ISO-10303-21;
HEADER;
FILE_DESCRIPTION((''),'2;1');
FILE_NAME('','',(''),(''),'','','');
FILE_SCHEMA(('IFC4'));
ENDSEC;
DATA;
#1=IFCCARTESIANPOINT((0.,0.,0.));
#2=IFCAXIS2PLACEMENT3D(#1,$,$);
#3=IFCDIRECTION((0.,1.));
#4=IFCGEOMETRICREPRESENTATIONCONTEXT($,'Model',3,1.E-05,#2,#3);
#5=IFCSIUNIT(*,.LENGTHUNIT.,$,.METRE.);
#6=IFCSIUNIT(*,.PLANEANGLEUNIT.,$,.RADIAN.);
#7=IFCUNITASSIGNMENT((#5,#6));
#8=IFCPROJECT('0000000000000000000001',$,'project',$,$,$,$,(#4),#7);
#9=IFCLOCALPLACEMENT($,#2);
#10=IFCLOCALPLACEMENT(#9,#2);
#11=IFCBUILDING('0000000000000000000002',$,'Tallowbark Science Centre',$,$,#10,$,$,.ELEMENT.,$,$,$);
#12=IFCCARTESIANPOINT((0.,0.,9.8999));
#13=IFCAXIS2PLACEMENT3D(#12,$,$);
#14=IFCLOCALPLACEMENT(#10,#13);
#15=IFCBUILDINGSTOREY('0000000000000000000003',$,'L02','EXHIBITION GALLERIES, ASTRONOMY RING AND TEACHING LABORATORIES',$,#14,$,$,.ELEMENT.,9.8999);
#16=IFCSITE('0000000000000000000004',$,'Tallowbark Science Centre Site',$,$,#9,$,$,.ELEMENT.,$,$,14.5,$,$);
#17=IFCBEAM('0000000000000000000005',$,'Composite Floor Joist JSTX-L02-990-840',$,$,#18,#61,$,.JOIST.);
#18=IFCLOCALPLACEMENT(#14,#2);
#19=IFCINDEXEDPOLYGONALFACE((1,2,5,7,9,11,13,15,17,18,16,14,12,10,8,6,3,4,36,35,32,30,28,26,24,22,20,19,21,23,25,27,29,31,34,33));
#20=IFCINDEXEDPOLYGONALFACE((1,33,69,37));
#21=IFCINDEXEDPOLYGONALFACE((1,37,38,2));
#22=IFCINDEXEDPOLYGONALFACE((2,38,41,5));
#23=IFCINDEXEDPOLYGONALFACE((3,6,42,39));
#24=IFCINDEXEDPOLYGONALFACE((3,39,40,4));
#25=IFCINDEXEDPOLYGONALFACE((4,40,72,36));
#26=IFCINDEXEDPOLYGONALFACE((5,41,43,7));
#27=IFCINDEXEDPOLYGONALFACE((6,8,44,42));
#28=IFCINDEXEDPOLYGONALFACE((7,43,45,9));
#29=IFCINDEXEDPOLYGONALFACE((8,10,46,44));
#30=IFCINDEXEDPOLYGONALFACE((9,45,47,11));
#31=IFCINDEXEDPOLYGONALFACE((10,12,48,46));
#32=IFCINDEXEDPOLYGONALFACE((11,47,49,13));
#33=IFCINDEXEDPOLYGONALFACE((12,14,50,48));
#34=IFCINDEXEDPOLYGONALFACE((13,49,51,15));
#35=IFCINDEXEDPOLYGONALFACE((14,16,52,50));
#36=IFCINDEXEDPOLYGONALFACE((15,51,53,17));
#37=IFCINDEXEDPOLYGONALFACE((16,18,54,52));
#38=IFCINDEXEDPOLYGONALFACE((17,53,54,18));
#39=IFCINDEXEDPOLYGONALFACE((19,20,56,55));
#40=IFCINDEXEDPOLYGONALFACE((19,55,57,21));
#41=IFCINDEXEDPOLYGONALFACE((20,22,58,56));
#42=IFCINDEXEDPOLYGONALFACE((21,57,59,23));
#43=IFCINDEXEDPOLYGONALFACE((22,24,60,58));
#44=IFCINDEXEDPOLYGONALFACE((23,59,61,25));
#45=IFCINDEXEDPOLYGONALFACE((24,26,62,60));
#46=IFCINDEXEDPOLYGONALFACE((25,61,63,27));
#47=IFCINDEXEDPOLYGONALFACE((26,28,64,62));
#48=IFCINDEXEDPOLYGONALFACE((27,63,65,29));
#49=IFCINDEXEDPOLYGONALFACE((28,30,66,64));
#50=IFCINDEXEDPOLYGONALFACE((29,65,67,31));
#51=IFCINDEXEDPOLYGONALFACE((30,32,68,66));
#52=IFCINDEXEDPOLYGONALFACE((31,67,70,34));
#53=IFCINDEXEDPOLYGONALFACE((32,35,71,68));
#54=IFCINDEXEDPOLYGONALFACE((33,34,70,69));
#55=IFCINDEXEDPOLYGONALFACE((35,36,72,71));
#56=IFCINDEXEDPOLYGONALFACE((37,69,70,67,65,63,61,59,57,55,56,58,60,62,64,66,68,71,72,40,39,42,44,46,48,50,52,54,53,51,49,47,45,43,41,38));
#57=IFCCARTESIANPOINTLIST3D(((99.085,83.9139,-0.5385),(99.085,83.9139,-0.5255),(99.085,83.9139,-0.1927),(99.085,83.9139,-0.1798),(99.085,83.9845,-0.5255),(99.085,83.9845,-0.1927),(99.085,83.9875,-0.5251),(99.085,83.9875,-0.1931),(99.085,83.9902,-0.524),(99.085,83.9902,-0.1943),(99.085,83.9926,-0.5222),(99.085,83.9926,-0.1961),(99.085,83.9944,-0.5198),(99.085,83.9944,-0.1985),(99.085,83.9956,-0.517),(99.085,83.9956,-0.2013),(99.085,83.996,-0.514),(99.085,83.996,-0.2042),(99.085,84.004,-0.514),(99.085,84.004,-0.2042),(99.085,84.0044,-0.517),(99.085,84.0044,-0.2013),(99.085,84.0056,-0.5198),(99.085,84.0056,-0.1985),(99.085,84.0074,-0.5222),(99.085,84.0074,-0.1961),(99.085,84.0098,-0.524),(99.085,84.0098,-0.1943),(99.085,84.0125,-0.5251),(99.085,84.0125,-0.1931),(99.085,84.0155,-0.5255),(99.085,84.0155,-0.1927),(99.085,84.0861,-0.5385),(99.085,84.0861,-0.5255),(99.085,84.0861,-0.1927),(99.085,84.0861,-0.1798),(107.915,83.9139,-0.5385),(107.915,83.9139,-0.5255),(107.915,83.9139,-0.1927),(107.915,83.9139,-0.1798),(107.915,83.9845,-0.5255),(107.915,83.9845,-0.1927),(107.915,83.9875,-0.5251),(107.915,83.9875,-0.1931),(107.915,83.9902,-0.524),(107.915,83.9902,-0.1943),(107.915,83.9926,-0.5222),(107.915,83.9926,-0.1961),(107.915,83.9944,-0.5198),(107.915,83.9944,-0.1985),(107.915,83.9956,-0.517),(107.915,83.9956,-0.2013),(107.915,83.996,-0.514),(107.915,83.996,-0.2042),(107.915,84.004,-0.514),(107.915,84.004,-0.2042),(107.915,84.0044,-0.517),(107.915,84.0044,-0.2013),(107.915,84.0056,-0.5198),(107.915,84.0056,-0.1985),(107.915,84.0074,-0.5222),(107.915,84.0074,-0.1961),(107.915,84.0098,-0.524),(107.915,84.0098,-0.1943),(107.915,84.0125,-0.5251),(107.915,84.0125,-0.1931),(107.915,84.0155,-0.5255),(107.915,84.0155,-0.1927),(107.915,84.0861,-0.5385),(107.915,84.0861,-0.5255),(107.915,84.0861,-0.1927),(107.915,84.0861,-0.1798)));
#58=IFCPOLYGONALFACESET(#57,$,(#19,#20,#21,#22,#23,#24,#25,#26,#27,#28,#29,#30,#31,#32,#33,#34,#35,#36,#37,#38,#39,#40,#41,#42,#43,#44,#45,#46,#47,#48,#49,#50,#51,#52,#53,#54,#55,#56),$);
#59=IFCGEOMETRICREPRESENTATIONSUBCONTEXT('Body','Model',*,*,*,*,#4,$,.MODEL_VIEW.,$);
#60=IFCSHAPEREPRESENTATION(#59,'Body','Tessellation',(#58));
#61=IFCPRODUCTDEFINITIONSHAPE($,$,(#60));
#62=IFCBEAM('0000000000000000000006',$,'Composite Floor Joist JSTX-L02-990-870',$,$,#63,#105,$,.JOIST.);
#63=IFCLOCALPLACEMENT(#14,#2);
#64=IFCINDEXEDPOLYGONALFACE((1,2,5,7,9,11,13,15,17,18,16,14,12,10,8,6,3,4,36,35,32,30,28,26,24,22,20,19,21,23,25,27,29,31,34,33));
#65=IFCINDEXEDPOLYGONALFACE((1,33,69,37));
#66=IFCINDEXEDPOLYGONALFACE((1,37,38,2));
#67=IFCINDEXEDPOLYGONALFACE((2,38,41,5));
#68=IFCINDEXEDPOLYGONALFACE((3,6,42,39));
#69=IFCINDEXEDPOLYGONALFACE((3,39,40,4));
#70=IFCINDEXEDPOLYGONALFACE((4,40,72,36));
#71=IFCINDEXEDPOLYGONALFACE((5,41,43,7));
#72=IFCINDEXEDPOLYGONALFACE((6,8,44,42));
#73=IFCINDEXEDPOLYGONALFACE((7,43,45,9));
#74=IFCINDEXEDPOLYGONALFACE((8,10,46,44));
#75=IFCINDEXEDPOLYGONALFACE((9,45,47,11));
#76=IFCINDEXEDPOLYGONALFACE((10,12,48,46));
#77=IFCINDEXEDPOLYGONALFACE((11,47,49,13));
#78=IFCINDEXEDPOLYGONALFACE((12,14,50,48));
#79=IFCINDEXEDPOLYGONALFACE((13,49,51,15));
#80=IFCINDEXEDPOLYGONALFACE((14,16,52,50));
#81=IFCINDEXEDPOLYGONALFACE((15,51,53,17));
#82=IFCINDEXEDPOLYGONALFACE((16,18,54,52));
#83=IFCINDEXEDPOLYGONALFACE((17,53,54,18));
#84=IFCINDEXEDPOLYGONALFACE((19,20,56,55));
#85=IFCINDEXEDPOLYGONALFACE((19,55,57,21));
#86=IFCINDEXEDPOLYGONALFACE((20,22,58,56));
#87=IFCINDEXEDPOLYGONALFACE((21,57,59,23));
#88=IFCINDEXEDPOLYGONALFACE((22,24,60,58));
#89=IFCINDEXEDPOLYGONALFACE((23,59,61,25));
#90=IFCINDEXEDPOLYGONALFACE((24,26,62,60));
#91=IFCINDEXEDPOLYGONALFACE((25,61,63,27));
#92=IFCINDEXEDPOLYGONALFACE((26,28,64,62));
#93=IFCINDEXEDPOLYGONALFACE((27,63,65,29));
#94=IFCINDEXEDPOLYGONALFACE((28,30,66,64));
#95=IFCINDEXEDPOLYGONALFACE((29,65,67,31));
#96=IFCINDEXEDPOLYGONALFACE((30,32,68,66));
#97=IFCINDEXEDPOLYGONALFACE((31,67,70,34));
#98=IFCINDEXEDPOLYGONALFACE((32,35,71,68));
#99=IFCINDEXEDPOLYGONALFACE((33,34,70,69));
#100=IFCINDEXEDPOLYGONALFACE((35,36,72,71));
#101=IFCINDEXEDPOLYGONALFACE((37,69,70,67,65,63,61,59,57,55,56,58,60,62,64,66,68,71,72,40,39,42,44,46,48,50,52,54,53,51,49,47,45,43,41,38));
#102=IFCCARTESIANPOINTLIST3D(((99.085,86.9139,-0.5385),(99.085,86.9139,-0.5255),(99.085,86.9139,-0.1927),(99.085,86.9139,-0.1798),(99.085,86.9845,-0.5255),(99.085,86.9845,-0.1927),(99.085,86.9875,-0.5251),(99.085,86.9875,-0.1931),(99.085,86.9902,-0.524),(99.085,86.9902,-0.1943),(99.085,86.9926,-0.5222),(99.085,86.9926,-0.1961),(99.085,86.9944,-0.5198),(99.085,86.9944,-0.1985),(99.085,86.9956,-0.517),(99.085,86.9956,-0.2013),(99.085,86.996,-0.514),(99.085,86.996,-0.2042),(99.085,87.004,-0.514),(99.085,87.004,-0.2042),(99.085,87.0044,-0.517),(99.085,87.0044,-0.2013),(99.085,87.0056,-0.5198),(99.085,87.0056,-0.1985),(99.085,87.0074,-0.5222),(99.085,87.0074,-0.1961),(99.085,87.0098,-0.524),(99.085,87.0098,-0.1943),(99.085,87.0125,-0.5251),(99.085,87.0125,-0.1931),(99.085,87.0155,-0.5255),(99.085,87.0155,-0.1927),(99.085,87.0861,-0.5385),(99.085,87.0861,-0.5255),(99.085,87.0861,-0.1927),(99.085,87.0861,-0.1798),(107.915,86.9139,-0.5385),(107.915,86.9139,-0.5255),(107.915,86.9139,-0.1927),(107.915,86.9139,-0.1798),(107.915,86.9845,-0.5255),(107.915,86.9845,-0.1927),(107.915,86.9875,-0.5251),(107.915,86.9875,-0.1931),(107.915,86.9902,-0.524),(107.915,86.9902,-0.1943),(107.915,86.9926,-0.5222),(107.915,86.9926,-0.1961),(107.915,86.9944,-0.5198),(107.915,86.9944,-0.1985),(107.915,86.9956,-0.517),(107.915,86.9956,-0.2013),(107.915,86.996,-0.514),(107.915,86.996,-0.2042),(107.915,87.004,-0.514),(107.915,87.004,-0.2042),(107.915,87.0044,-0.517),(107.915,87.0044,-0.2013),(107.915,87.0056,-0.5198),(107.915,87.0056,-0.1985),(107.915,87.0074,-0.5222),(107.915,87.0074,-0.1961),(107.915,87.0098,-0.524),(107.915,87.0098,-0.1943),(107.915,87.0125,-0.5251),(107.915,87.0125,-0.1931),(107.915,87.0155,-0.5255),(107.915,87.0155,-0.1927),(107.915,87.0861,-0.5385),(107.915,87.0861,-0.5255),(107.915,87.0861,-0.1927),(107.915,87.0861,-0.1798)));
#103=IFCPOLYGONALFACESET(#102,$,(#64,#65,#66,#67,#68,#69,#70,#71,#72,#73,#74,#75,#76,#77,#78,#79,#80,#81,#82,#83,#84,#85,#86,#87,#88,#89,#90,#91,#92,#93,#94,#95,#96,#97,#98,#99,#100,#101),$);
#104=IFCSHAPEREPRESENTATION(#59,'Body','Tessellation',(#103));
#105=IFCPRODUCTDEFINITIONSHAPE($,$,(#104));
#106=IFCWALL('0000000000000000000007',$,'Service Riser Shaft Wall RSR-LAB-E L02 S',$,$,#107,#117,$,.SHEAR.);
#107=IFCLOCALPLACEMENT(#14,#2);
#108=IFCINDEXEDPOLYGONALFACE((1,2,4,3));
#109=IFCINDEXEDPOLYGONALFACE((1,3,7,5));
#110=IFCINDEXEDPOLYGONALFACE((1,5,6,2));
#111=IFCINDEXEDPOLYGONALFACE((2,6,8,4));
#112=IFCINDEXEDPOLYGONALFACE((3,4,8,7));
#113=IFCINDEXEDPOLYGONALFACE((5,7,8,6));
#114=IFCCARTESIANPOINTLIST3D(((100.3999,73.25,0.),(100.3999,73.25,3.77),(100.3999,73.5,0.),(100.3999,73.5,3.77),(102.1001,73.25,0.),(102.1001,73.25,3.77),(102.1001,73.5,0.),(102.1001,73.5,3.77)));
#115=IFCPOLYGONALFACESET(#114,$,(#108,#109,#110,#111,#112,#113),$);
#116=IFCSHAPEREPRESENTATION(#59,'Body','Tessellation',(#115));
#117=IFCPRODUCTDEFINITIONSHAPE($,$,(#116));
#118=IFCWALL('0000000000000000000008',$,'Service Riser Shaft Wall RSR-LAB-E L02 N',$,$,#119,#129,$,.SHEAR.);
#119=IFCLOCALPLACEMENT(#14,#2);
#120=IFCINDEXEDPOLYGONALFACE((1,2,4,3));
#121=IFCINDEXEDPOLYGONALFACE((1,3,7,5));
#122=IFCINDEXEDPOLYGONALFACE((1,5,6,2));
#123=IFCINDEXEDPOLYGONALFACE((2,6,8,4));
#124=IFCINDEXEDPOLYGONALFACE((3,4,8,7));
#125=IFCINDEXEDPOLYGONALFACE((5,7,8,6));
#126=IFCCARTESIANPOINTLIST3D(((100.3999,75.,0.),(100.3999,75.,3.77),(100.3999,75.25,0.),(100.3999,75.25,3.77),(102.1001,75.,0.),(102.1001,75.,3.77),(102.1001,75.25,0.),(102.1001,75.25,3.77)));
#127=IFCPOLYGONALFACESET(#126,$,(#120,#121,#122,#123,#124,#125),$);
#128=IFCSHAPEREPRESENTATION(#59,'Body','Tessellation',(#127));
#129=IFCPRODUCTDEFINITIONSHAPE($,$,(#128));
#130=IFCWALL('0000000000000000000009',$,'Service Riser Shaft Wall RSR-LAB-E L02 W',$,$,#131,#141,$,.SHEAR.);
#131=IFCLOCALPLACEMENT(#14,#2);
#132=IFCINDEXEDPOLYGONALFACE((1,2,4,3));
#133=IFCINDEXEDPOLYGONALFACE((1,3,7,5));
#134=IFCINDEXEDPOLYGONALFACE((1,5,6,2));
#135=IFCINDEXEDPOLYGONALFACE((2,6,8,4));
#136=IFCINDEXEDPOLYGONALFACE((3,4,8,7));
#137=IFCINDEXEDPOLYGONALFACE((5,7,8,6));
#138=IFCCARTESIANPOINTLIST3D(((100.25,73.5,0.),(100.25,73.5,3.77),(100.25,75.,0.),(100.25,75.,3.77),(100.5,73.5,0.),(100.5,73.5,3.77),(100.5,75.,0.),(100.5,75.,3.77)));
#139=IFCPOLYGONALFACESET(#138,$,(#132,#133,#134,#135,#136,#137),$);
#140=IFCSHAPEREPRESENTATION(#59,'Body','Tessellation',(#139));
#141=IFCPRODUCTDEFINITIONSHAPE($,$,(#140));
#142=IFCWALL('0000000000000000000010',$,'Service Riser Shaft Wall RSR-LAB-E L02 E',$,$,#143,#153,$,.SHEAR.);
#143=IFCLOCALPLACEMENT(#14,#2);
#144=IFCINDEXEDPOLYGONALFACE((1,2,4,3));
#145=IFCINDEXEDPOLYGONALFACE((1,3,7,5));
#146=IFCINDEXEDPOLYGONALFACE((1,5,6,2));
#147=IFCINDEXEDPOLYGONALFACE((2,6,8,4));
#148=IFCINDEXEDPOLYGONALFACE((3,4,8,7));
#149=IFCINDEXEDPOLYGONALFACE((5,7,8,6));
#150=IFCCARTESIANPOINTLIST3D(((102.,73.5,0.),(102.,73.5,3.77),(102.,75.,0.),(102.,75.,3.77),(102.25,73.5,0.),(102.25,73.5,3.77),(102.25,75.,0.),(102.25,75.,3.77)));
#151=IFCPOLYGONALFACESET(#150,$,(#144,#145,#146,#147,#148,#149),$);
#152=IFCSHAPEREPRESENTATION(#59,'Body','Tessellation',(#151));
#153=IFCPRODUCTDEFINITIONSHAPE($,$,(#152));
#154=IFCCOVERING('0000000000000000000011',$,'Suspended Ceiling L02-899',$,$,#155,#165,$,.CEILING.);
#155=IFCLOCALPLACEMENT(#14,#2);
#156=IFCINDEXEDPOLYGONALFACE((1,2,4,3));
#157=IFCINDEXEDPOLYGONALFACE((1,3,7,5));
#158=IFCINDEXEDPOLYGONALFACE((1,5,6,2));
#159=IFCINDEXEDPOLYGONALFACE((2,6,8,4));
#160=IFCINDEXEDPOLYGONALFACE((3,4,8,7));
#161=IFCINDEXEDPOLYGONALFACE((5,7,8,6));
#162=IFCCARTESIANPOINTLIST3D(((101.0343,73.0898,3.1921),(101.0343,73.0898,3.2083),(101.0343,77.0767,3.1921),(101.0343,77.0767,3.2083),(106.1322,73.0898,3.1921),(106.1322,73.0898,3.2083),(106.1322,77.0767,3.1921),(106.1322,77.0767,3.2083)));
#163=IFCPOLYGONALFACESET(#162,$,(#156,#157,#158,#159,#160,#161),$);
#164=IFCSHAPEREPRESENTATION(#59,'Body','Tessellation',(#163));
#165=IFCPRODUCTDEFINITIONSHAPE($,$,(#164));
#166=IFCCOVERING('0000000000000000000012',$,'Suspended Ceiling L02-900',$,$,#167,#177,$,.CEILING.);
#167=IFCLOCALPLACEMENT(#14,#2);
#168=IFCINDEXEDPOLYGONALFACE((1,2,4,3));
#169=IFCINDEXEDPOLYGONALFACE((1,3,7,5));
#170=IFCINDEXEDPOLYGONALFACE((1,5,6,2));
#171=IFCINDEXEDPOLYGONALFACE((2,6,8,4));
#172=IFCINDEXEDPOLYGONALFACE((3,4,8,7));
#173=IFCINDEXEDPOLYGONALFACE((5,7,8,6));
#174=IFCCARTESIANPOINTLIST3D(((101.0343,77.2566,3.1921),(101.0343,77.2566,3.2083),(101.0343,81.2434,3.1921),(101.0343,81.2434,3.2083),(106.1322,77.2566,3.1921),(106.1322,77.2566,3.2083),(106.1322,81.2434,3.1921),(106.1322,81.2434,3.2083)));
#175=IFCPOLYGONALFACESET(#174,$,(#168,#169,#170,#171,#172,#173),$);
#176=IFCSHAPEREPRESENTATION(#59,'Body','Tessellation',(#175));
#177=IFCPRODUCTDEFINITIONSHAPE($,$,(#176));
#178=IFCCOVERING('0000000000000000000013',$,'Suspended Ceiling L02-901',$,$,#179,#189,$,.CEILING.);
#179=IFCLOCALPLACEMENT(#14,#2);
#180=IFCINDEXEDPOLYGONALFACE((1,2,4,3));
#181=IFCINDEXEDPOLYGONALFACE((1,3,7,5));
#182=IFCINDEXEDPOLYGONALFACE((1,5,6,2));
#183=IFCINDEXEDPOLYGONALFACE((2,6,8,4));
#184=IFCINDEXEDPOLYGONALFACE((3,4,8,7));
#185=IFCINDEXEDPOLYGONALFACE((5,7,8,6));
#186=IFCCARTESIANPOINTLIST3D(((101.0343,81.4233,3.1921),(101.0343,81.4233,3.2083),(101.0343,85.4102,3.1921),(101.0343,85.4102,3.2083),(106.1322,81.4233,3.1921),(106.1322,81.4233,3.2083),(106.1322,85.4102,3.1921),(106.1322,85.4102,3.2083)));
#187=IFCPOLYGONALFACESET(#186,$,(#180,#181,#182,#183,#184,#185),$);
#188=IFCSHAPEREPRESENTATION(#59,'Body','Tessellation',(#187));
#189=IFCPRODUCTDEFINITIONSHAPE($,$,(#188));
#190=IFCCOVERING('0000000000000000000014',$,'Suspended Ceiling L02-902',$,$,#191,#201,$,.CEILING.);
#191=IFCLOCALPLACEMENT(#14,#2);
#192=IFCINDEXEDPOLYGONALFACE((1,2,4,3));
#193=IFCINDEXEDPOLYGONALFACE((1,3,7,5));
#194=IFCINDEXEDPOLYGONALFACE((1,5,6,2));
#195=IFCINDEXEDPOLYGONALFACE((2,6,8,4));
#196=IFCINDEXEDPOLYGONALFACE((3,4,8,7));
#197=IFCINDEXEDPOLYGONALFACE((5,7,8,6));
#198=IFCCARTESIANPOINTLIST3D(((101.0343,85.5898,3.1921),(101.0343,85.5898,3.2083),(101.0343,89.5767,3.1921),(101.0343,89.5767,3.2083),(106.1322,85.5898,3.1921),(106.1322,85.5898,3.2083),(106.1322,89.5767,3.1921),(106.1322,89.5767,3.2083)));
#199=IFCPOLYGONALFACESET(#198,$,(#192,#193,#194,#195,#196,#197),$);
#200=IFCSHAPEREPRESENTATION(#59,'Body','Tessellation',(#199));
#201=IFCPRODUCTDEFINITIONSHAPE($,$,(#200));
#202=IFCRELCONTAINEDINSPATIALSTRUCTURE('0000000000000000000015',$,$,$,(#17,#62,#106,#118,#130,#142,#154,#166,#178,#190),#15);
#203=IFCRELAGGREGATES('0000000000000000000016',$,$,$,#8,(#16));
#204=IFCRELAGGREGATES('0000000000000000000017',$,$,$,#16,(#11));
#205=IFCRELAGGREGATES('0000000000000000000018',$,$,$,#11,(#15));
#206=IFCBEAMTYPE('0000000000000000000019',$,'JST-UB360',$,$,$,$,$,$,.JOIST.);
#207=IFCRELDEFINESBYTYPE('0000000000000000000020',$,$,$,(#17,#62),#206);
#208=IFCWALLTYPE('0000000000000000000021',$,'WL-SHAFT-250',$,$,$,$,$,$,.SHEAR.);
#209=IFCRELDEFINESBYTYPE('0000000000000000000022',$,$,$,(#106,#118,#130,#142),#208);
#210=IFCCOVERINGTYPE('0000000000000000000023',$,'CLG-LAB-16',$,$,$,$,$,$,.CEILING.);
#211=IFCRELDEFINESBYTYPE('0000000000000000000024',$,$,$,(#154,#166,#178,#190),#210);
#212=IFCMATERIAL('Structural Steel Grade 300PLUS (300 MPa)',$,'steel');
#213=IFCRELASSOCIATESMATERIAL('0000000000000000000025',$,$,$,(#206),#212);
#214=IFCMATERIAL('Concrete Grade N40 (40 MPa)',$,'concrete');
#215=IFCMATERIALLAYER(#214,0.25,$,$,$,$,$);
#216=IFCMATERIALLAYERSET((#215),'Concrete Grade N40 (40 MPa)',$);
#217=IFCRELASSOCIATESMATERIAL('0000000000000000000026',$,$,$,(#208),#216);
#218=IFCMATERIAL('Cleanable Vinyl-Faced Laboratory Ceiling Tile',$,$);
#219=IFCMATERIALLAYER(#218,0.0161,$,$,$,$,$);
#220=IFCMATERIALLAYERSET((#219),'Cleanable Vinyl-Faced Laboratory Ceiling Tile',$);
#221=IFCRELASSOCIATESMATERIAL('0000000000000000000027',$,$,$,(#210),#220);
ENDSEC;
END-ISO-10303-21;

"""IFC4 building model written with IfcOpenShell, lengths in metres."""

from ifc_helpers import new_model, si_unit, direction, frame, frame_2d, origin, origin_2d, place, context, subcontext, project, spatial, rectangle, i_section, extrude, material, layer, layer_set, material_profile, profile_set, type_object, element, save


model = new_model("IFC4")

# Units and contexts
model_context = context("Model", 3, precision=1e-05, world=origin(), true_north=direction((0.0, 1.0)))
body_context = subcontext(model_context, "Body", "Model", "MODEL_VIEW")
ifc_project = project(units=[si_unit("LENGTHUNIT", "METRE"), si_unit("PLANEANGLEUNIT", "RADIAN")], contexts=[model_context])

# Site, building, storey
site_placement = place(None, origin())
site = spatial("IfcSite", under=ifc_project, at=site_placement, Name="Tallowbark Science Centre Site", CompositionType="ELEMENT", RefElevation=14.5)
building_placement = place(site_placement, origin())
building = spatial("IfcBuilding", under=site, at=building_placement, Name="Tallowbark Science Centre", CompositionType="ELEMENT")
storey_placement = place(building_placement, frame((0.0, 0.0, 9.8999)))
storey = spatial("IfcBuildingStorey", under=building, at=storey_placement, Name="L02", Description="EXHIBITION GALLERIES, ASTRONOMY RING AND TEACHING LABORATORIES", CompositionType="ELEMENT", Elevation=9.8999)

# Shared definitions
ifc_material_1 = material(Name="Structural Steel Grade 300PLUS (300 MPa)", Category="steel")

# Beams
ifc_material_profile_1 = material_profile(ifc_material_1, i_section(OverallWidth=0.1721, OverallDepth=0.3586, WebThickness=0.0081, FlangeThickness=0.0129, FilletRadius=0.0115, at=origin_2d()), Name="360UB56.7")
ifc_profile_set_1 = profile_set([ifc_material_profile_1], Name="Structural Steel Grade 300PLUS (300 MPa)")
beam_type_1 = type_object("IfcBeamType", Name="JST-UB360", PredefinedType="JOIST", material=ifc_profile_set_1)
for number, where, z_axis, x_axis, name in (
    (1, (99.085, 84.0, -0.3591), (1.0, 0.0, 0.0), (0.0, 1.0, 0.0), "Composite Floor Joist JSTX-L02-990-840"),
    (2, (99.085, 87.0, -0.3591), (1.0, 0.0, 0.0), (0.0, 1.0, 0.0), "Composite Floor Joist JSTX-L02-990-870"),
):
    element("IfcBeam", number, at=place(storey_placement, frame(where, z_axis=z_axis, x_axis=x_axis)), inside=storey, type_object=beam_type_1, Name=name, PredefinedType="JOIST", context=body_context, shape_type="SweptSolid", body=[
        extrude(i_section(OverallWidth=0.1721, OverallDepth=0.3586, WebThickness=0.0081, FlangeThickness=0.0129, FilletRadius=0.0115, at=origin_2d()), origin(), (0.0, 0.0, 1.0), 8.8301),
    ])

# Walls
ifc_material_2 = material(Name="Concrete Grade N40 (40 MPa)", Category="concrete")
ifc_layer_1 = layer(ifc_material_2, 0.25)
ifc_layer_set_1 = layer_set([ifc_layer_1], Name="Concrete Grade N40 (40 MPa)")
wall_type = type_object("IfcWallType", Name="WL-SHAFT-250", PredefinedType="SHEAR", material=ifc_layer_set_1)
for number, where, z_axis, x_axis, name in (
    (3, (100.3999, 73.375, 0.0), (0.0, 0.0, 1.0), (1.0, 0.0, 0.0), "Service Riser Shaft Wall RSR-LAB-E L02 S"),
    (4, (100.3999, 75.125, 0.0), (0.0, 0.0, 1.0), (1.0, 0.0, 0.0), "Service Riser Shaft Wall RSR-LAB-E L02 N"),
):
    element("IfcWall", number, at=place(storey_placement, frame(where, z_axis=z_axis, x_axis=x_axis)), inside=storey, type_object=wall_type, Name=name, PredefinedType="SHEAR", context=body_context, shape_type="SweptSolid", body=[
        extrude(rectangle(XDim=1.7002, YDim=0.25, at=frame_2d((0.8501, 0.0))), origin(), (0.0, 0.0, 1.0), 3.77),
    ])
for number, where, z_axis, x_axis, name in (
    (5, (100.375, 73.5, 0.0), (0.0, 0.0, 1.0), (0.0, 1.0, 0.0), "Service Riser Shaft Wall RSR-LAB-E L02 W"),
    (6, (102.125, 73.5, 0.0), (0.0, 0.0, 1.0), (0.0, 1.0, 0.0), "Service Riser Shaft Wall RSR-LAB-E L02 E"),
):
    element("IfcWall", number, at=place(storey_placement, frame(where, z_axis=z_axis, x_axis=x_axis)), inside=storey, type_object=wall_type, Name=name, PredefinedType="SHEAR", context=body_context, shape_type="SweptSolid", body=[
        extrude(rectangle(XDim=1.5, YDim=0.25, at=frame_2d((0.75, 0.0))), origin(), (0.0, 0.0, 1.0), 3.77),
    ])

# Coverings
ifc_material_3 = material(Name="Cleanable Vinyl-Faced Laboratory Ceiling Tile")
ifc_layer_2 = layer(ifc_material_3, 0.0161)
ifc_layer_set_2 = layer_set([ifc_layer_2], Name="Cleanable Vinyl-Faced Laboratory Ceiling Tile")
covering_type_1 = type_object("IfcCoveringType", Name="CLG-LAB-16", PredefinedType="CEILING", material=ifc_layer_set_2)
for number, where, z_axis, x_axis, name in (
    (7, (103.5833, 75.0833, 3.1921), (0.0, 0.0, 1.0), (1.0, 0.0, 0.0), "Suspended Ceiling L02-899"),
    (8, (103.5833, 79.25, 3.1921), (0.0, 0.0, 1.0), (1.0, 0.0, 0.0), "Suspended Ceiling L02-900"),
    (9, (103.5833, 83.4167, 3.1921), (0.0, 0.0, 1.0), (1.0, 0.0, 0.0), "Suspended Ceiling L02-901"),
    (10, (103.5833, 87.5833, 3.1921), (0.0, 0.0, 1.0), (1.0, 0.0, 0.0), "Suspended Ceiling L02-902"),
):
    element("IfcCovering", number, at=place(storey_placement, frame(where, z_axis=z_axis, x_axis=x_axis)), inside=storey, type_object=covering_type_1, Name=name, PredefinedType="CEILING", context=body_context, shape_type="SweptSolid", body=[
        extrude(rectangle(XDim=5.0979, YDim=3.9868, at=origin_2d()), origin(), (0.0, 0.0, 1.0), 0.0161),
    ])

save(model, "model.ifc")
